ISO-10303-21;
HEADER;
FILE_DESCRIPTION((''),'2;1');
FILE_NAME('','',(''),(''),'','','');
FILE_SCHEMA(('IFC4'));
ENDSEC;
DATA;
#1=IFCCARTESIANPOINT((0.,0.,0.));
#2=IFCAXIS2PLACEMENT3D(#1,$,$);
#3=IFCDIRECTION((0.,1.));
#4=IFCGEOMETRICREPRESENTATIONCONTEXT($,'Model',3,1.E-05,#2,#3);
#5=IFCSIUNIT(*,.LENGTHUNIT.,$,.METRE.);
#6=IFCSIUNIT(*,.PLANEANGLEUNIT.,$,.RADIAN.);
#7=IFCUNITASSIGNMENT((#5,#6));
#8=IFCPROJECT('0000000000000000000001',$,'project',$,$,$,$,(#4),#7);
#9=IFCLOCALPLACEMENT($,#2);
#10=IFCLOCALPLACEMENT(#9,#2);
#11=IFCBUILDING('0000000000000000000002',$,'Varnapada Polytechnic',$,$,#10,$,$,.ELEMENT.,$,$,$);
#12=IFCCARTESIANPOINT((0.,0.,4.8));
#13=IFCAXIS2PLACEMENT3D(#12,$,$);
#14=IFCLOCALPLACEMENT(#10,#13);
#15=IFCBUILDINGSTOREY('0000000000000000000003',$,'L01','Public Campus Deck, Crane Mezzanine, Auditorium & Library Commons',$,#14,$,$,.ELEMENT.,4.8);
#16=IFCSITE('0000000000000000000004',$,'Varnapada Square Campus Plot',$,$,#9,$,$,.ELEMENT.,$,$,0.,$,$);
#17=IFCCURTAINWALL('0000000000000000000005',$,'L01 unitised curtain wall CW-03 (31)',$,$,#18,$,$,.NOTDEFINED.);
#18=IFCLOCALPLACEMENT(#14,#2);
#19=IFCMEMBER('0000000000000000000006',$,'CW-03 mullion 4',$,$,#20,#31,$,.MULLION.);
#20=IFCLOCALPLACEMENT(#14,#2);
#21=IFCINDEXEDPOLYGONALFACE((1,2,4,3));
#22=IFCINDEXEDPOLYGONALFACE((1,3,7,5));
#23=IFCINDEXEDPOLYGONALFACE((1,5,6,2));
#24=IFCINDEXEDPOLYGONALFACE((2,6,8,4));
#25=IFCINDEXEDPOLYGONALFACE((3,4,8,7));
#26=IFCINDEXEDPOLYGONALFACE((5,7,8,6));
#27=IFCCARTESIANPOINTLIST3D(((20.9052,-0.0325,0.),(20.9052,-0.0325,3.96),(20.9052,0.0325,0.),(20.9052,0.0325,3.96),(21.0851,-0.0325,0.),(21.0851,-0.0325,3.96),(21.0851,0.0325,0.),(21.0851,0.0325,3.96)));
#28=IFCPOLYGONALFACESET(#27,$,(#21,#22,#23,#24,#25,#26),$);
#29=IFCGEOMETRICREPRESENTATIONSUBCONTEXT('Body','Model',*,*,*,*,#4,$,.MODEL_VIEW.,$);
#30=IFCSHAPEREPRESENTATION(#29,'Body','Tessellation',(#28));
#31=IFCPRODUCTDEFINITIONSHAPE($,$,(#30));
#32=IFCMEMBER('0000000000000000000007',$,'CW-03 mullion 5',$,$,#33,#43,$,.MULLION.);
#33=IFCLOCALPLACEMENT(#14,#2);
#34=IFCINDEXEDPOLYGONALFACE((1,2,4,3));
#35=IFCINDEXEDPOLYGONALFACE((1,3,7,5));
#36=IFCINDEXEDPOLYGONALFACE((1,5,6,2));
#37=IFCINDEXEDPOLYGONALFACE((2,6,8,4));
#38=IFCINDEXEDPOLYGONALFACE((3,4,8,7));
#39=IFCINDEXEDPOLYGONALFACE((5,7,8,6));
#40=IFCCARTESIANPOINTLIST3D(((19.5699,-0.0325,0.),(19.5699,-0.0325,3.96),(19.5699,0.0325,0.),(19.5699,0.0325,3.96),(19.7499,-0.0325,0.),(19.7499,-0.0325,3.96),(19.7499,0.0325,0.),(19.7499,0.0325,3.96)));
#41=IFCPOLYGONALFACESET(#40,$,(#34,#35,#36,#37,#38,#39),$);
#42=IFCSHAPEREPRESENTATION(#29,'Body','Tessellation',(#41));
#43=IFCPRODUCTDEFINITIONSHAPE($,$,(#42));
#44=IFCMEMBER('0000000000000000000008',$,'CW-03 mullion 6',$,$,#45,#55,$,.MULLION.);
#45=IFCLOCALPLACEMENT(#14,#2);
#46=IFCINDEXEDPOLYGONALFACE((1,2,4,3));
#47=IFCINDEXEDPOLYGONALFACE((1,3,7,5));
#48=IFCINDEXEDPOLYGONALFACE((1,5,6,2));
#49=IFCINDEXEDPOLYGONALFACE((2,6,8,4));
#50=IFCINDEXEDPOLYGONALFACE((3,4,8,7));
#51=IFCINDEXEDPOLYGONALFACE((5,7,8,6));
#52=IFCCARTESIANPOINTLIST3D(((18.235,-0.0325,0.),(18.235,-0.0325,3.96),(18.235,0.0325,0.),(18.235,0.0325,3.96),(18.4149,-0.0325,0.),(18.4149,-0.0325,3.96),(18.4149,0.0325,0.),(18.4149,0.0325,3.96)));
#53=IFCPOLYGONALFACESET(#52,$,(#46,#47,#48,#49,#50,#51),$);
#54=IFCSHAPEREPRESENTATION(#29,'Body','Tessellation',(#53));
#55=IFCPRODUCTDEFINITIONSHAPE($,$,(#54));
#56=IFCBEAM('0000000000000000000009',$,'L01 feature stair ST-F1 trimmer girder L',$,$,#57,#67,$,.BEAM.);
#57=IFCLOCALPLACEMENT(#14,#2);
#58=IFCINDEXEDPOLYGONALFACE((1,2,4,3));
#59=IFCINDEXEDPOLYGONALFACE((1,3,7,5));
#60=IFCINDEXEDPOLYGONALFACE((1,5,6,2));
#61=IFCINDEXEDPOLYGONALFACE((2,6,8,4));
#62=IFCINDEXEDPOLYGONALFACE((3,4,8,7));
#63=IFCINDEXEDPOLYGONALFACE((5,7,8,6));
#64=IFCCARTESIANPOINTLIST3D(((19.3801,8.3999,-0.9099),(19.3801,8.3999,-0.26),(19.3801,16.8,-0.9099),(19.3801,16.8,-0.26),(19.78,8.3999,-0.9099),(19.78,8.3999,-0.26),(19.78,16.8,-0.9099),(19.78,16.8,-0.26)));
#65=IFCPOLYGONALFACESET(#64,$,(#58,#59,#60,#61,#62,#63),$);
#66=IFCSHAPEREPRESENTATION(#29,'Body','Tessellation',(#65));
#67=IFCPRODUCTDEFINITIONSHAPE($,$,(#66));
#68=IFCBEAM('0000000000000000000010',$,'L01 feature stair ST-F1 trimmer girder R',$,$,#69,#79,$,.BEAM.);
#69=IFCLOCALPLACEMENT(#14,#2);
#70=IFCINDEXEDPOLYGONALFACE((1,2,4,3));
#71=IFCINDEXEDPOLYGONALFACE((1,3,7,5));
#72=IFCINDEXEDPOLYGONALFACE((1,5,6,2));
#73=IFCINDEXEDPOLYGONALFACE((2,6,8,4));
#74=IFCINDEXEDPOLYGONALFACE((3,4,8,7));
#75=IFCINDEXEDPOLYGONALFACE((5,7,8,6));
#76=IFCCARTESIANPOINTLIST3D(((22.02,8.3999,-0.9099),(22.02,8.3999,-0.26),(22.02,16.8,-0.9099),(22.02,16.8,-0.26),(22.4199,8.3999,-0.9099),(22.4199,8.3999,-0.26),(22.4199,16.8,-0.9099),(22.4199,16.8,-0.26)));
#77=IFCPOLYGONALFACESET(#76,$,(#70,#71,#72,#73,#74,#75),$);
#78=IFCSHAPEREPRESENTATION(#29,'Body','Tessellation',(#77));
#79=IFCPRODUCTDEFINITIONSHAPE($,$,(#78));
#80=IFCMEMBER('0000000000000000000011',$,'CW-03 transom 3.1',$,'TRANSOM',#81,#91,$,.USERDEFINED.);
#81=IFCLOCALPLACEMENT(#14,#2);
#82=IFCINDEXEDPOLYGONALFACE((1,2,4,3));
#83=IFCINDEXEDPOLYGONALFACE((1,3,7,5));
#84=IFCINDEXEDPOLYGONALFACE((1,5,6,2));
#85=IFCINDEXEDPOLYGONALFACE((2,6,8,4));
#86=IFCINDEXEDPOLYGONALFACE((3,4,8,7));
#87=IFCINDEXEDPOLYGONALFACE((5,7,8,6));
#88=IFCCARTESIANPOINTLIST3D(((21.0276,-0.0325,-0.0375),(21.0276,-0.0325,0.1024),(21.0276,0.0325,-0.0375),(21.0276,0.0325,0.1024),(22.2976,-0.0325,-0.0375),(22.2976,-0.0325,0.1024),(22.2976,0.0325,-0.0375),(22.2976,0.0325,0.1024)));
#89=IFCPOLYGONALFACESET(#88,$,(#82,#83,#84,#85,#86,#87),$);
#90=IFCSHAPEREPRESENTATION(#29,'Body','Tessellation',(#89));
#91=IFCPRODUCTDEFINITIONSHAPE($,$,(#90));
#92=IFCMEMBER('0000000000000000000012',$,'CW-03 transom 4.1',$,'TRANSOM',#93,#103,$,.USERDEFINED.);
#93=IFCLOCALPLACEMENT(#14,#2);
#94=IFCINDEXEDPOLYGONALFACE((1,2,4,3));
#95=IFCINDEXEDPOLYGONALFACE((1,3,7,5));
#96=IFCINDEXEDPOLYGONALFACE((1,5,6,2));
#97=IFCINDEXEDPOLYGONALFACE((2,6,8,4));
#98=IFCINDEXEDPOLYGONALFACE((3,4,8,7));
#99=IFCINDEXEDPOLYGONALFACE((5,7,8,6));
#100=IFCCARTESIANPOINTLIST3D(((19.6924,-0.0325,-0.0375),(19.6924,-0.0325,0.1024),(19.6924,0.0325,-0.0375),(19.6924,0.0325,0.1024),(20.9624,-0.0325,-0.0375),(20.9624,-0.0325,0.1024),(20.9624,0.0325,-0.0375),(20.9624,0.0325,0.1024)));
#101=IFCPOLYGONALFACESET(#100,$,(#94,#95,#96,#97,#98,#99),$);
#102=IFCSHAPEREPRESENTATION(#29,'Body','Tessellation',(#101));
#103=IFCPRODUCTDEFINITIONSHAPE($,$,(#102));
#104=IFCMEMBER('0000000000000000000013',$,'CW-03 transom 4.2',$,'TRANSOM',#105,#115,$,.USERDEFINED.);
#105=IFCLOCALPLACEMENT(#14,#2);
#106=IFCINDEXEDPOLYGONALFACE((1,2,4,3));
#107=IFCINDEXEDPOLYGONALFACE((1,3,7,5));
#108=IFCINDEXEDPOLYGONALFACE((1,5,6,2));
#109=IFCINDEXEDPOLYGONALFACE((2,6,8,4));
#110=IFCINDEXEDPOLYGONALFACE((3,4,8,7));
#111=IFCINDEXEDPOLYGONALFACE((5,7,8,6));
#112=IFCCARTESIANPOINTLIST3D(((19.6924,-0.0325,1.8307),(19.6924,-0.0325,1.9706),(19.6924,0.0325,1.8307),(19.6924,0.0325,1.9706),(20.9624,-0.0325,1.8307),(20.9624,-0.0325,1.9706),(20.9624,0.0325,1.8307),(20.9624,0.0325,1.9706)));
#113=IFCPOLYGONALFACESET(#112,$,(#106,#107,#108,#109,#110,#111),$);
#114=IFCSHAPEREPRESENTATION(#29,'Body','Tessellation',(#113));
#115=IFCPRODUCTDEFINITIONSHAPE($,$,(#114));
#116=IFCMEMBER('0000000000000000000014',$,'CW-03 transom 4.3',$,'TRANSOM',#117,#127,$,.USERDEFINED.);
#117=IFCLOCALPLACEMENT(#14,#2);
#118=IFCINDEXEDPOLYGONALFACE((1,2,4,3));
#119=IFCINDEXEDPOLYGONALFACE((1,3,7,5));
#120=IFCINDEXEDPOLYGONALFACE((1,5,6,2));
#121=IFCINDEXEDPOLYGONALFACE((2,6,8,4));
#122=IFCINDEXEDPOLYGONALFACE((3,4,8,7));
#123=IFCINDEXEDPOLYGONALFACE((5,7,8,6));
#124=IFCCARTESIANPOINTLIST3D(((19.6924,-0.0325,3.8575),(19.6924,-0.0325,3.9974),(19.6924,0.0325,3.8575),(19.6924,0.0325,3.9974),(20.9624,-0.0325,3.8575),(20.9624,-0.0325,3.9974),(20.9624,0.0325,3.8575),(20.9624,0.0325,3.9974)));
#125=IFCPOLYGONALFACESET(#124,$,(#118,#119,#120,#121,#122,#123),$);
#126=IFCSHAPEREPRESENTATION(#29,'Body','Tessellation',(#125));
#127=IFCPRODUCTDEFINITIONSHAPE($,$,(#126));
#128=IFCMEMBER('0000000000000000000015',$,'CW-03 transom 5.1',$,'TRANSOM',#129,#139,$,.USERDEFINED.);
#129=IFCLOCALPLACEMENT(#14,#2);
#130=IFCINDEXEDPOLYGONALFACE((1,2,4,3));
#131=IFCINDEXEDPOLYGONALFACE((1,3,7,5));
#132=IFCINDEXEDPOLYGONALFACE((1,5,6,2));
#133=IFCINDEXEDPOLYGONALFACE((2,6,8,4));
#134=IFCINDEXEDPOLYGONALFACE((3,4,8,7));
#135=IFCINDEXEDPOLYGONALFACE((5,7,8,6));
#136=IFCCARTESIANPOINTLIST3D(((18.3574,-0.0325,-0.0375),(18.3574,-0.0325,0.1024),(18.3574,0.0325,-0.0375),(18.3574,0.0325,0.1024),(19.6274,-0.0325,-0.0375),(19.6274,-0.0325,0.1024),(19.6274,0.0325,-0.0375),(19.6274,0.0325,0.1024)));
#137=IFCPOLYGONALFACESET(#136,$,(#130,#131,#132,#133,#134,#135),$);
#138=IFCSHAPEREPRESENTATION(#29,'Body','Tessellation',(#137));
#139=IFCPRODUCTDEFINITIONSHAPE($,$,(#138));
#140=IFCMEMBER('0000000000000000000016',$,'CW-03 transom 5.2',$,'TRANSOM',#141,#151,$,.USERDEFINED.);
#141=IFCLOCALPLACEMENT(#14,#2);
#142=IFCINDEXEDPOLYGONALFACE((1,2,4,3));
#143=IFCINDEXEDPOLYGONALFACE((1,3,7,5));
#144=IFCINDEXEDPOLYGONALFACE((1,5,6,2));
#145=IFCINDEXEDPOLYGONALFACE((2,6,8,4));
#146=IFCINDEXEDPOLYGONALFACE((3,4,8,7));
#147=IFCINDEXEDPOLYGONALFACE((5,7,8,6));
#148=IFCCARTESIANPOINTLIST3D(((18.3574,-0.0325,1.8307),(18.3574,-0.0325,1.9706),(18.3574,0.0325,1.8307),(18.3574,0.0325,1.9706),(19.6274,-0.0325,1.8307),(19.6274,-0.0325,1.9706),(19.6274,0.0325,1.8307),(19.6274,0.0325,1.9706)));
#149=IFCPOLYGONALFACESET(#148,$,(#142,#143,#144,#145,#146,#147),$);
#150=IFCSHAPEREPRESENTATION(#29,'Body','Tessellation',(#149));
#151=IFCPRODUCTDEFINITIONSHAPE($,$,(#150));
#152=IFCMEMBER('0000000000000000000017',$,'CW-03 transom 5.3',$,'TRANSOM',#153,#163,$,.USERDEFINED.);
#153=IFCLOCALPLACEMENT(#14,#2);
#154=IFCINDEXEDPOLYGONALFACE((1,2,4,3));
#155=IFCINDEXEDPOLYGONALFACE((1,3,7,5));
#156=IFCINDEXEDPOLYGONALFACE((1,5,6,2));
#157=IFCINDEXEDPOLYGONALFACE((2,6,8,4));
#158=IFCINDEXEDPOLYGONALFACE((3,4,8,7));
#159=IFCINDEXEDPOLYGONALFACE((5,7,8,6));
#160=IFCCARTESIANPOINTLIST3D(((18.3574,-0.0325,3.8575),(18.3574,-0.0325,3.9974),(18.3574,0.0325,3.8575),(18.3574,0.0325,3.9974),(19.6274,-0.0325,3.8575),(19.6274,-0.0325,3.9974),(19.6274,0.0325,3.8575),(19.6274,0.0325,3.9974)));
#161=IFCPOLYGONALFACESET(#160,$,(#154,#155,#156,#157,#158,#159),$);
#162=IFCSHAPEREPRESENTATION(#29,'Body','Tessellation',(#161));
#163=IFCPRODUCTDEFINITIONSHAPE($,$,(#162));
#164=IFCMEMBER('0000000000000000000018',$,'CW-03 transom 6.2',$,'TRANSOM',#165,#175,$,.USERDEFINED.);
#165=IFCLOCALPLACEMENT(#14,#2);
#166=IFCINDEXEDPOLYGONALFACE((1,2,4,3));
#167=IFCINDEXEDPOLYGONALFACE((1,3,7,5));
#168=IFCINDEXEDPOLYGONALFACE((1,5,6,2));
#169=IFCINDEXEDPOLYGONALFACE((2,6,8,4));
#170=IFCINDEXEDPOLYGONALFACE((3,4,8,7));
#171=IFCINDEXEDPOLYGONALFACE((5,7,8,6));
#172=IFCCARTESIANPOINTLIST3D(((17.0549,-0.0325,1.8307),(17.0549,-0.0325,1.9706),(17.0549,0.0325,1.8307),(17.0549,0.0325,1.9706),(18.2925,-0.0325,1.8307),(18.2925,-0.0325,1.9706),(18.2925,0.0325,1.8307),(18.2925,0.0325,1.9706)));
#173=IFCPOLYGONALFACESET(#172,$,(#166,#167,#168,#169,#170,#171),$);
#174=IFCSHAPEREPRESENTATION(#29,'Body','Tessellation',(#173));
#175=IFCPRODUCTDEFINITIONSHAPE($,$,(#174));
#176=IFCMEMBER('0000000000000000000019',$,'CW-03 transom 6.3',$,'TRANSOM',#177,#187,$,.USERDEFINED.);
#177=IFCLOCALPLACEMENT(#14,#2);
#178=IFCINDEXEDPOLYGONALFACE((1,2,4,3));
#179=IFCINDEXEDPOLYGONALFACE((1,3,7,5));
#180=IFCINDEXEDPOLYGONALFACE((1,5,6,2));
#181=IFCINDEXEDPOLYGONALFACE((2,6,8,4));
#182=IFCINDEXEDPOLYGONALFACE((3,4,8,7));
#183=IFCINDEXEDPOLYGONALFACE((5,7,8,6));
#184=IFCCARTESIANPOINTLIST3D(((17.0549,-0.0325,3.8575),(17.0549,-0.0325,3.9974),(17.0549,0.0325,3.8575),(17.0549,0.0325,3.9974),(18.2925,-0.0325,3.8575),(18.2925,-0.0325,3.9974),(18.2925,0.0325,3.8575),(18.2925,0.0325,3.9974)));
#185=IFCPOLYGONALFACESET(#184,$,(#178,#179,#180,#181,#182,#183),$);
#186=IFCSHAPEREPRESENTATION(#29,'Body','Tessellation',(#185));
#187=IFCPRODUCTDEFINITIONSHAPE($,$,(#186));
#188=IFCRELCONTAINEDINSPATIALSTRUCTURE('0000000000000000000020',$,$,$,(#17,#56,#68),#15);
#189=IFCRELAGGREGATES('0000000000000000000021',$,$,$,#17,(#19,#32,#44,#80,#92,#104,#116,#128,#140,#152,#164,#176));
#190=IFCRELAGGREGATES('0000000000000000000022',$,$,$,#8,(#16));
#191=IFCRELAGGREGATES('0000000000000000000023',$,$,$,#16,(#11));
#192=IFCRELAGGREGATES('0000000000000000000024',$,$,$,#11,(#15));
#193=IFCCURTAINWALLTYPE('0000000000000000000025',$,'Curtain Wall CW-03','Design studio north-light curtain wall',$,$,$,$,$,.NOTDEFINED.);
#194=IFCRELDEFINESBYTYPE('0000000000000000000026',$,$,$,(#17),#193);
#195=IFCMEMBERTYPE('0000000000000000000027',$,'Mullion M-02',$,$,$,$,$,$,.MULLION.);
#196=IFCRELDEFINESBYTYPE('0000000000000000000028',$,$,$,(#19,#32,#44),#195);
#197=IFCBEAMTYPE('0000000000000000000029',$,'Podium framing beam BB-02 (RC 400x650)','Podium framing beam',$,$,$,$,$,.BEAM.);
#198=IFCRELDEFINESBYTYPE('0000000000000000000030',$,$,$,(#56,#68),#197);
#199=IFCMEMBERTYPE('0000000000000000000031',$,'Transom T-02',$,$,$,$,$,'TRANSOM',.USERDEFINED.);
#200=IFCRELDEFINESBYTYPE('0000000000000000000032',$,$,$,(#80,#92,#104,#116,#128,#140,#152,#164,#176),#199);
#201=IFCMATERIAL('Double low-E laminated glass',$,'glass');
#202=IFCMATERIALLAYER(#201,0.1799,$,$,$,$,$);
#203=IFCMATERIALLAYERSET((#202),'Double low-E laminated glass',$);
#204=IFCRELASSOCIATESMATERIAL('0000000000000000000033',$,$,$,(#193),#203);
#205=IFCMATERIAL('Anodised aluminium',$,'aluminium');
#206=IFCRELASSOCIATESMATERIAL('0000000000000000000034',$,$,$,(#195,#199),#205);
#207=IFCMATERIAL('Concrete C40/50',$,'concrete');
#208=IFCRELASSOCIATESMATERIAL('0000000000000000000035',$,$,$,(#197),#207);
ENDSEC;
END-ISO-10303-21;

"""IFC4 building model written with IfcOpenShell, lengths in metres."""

from ifc_helpers import new_model, si_unit, direction, frame, origin, origin_2d, place, context, subcontext, project, spatial, rectangle, extrude, material, layer, layer_set, material_profile, profile_set, type_object, element, aggregate, save


model = new_model("IFC4")

# Units and contexts
model_context = context("Model", 3, precision=1e-05, world=origin(), true_north=direction((0.0, 1.0)))
body_context = subcontext(model_context, "Body", "Model", "MODEL_VIEW")
ifc_project = project(units=[si_unit("LENGTHUNIT", "METRE"), si_unit("PLANEANGLEUNIT", "RADIAN")], contexts=[model_context])

# Site, building, storey
site_placement = place(None, origin())
site = spatial("IfcSite", under=ifc_project, at=site_placement, Name="Varnapada Square Campus Plot", CompositionType="ELEMENT", RefElevation=0.0)
building_placement = place(site_placement, origin())
building = spatial("IfcBuilding", under=site, at=building_placement, Name="Varnapada Polytechnic", CompositionType="ELEMENT")
storey_placement = place(building_placement, frame((0.0, 0.0, 4.8)))
storey = spatial("IfcBuildingStorey", under=building, at=storey_placement, Name="L01", Description="Public Campus Deck, Crane Mezzanine, Auditorium & Library Commons", CompositionType="ELEMENT", Elevation=4.8)

# Curtain wall, members
ifc_material_1 = material(Name="Double low-E laminated glass", Category="glass")
ifc_layer_1 = layer(ifc_material_1, 0.1799)
ifc_layer_set_1 = layer_set([ifc_layer_1], Name="Double low-E laminated glass")
curtain_wall_type = type_object("IfcCurtainWallType", Name="Curtain Wall CW-03", Description="Design studio north-light curtain wall", PredefinedType="NOTDEFINED", material=ifc_layer_set_1)
curtain_wall_placement = place(storey_placement, origin())
curtain_wall = element("IfcCurtainWall", 1, at=curtain_wall_placement, inside=storey, type_object=curtain_wall_type, Name="L01 unitised curtain wall CW-03 (31)", PredefinedType="NOTDEFINED")
ifc_material_2 = material(Name="Anodised aluminium", Category="aluminium")
ifc_material_profile_1 = material_profile(ifc_material_2, rectangle(XDim=0.0649, YDim=0.1799, at=origin_2d()), Name="ALU M65x180")
ifc_profile_set_1 = profile_set([ifc_material_profile_1], Name="Anodised aluminium")
member_type_1 = type_object("IfcMemberType", Name="Mullion M-02", PredefinedType="MULLION", material=ifc_profile_set_1)
member_1_placement = place(storey_placement, frame((20.9951, 0.0, 0.0), z_axis=(0.0, 0.0, 1.0), x_axis=(0.0, -1.0, 0.0)))
member_1 = element("IfcMember", 2, at=member_1_placement, type_object=member_type_1, Name="CW-03 mullion 4", PredefinedType="MULLION", context=body_context, shape_type="SweptSolid", body=[
    extrude(rectangle(XDim=0.0649, YDim=0.1799, at=origin_2d()), origin(), (0.0, 0.0, 1.0), 3.96),
])
member_2_placement = place(storey_placement, frame((19.6599, 0.0, 0.0), z_axis=(0.0, 0.0, 1.0), x_axis=(0.0, -1.0, 0.0)))
member_2 = element("IfcMember", 3, at=member_2_placement, type_object=member_type_1, Name="CW-03 mullion 5", PredefinedType="MULLION", context=body_context, shape_type="SweptSolid", body=[
    extrude(rectangle(XDim=0.0649, YDim=0.1799, at=origin_2d()), origin(), (0.0, 0.0, 1.0), 3.96),
])
member_3_placement = place(storey_placement, frame((18.325, 0.0, 0.0), z_axis=(0.0, 0.0, 1.0), x_axis=(0.0, -1.0, 0.0)))
member_3 = element("IfcMember", 4, at=member_3_placement, type_object=member_type_1, Name="CW-03 mullion 6", PredefinedType="MULLION", context=body_context, shape_type="SweptSolid", body=[
    extrude(rectangle(XDim=0.0649, YDim=0.1799, at=origin_2d()), origin(), (0.0, 0.0, 1.0), 3.96),
])

# Beams
ifc_material_3 = material(Name="Concrete C40/50", Category="concrete")
ifc_material_profile_2 = material_profile(ifc_material_3, rectangle(XDim=0.3999, YDim=0.6499, at=origin_2d()), Name="RC 400x650")
ifc_profile_set_2 = profile_set([ifc_material_profile_2], Name="Concrete C40/50")
beam_type = type_object("IfcBeamType", Name="Podium framing beam BB-02 (RC 400x650)", Description="Podium framing beam", PredefinedType="BEAM", material=ifc_profile_set_2)
for number, where, z_axis, x_axis, name in (
    (5, (19.5801, 8.3999, -0.585), (0.0, 1.0, 0.0), (-1.0, 0.0, 0.0), "L01 feature stair ST-F1 trimmer girder L"),
    (6, (22.22, 8.3999, -0.585), (0.0, 1.0, 0.0), (-1.0, 0.0, 0.0), "L01 feature stair ST-F1 trimmer girder R"),
):
    element("IfcBeam", number, at=place(storey_placement, frame(where, z_axis=z_axis, x_axis=x_axis)), inside=storey, type_object=beam_type, Name=name, PredefinedType="BEAM", context=body_context, shape_type="SweptSolid", body=[
        extrude(rectangle(XDim=0.3999, YDim=0.6499, at=origin_2d()), origin(), (0.0, 0.0, 1.0), 8.4001),
    ])

# Members
ifc_material_profile_3 = material_profile(ifc_material_2, rectangle(XDim=0.0649, YDim=0.1399, at=origin_2d()), Name="ALU T65x140")
ifc_profile_set_3 = profile_set([ifc_material_profile_3], Name="Anodised aluminium")
member_type_2 = type_object("IfcMemberType", Name="Transom T-02", ElementType="TRANSOM", PredefinedType="USERDEFINED", material=ifc_profile_set_3)
member_4_placement = place(storey_placement, frame((22.2976, 0.0, 0.0325), z_axis=(-1.0, 0.0, 0.0), x_axis=(0.0, -1.0, 0.0)))
member_4 = element("IfcMember", 7, at=member_4_placement, type_object=member_type_2, Name="CW-03 transom 3.1", ObjectType="TRANSOM", PredefinedType="USERDEFINED", context=body_context, shape_type="SweptSolid", body=[
    extrude(rectangle(XDim=0.0649, YDim=0.1399, at=origin_2d()), origin(), (0.0, 0.0, 1.0), 1.27),
])
member_5_placement = place(storey_placement, frame((20.9624, 0.0, 0.0325), z_axis=(-1.0, 0.0, 0.0), x_axis=(0.0, -1.0, 0.0)))
member_5 = element("IfcMember", 8, at=member_5_placement, type_object=member_type_2, Name="CW-03 transom 4.1", ObjectType="TRANSOM", PredefinedType="USERDEFINED", context=body_context, shape_type="SweptSolid", body=[
    extrude(rectangle(XDim=0.0649, YDim=0.1399, at=origin_2d()), origin(), (0.0, 0.0, 1.0), 1.27),
])
member_6_placement = place(storey_placement, frame((20.9624, 0.0, 1.9006), z_axis=(-1.0, 0.0, 0.0), x_axis=(0.0, -1.0, 0.0)))
member_6 = element("IfcMember", 9, at=member_6_placement, type_object=member_type_2, Name="CW-03 transom 4.2", ObjectType="TRANSOM", PredefinedType="USERDEFINED", context=body_context, shape_type="SweptSolid", body=[
    extrude(rectangle(XDim=0.0649, YDim=0.1399, at=origin_2d()), origin(), (0.0, 0.0, 1.0), 1.27),
])
member_7_placement = place(storey_placement, frame((20.9624, 0.0, 3.9275), z_axis=(-1.0, 0.0, 0.0), x_axis=(0.0, -1.0, 0.0)))
member_7 = element("IfcMember", 10, at=member_7_placement, type_object=member_type_2, Name="CW-03 transom 4.3", ObjectType="TRANSOM", PredefinedType="USERDEFINED", context=body_context, shape_type="SweptSolid", body=[
    extrude(rectangle(XDim=0.0649, YDim=0.1399, at=origin_2d()), origin(), (0.0, 0.0, 1.0), 1.27),
])
member_8_placement = place(storey_placement, frame((19.6274, 0.0, 0.0325), z_axis=(-1.0, 0.0, 0.0), x_axis=(0.0, -1.0, 0.0)))
member_8 = element("IfcMember", 11, at=member_8_placement, type_object=member_type_2, Name="CW-03 transom 5.1", ObjectType="TRANSOM", PredefinedType="USERDEFINED", context=body_context, shape_type="SweptSolid", body=[
    extrude(rectangle(XDim=0.0649, YDim=0.1399, at=origin_2d()), origin(), (0.0, 0.0, 1.0), 1.27),
])
member_9_placement = place(storey_placement, frame((19.6274, 0.0, 1.9006), z_axis=(-1.0, 0.0, 0.0), x_axis=(0.0, -1.0, 0.0)))
member_9 = element("IfcMember", 12, at=member_9_placement, type_object=member_type_2, Name="CW-03 transom 5.2", ObjectType="TRANSOM", PredefinedType="USERDEFINED", context=body_context, shape_type="SweptSolid", body=[
    extrude(rectangle(XDim=0.0649, YDim=0.1399, at=origin_2d()), origin(), (0.0, 0.0, 1.0), 1.27),
])
member_10_placement = place(storey_placement, frame((19.6274, 0.0, 3.9275), z_axis=(-1.0, 0.0, 0.0), x_axis=(0.0, -1.0, 0.0)))
member_10 = element("IfcMember", 13, at=member_10_placement, type_object=member_type_2, Name="CW-03 transom 5.3", ObjectType="TRANSOM", PredefinedType="USERDEFINED", context=body_context, shape_type="SweptSolid", body=[
    extrude(rectangle(XDim=0.0649, YDim=0.1399, at=origin_2d()), origin(), (0.0, 0.0, 1.0), 1.27),
])
member_11_placement = place(storey_placement, frame((18.2925, 0.0, 1.9006), z_axis=(-1.0, 0.0, 0.0), x_axis=(0.0, -1.0, 0.0)))
member_11 = element("IfcMember", 14, at=member_11_placement, type_object=member_type_2, Name="CW-03 transom 6.2", ObjectType="TRANSOM", PredefinedType="USERDEFINED", context=body_context, shape_type="SweptSolid", body=[
    extrude(rectangle(XDim=0.0649, YDim=0.1399, at=origin_2d()), origin(), (0.0, 0.0, 1.0), 1.2375),
])
member_12_placement = place(storey_placement, frame((18.2925, 0.0, 3.9275), z_axis=(-1.0, 0.0, 0.0), x_axis=(0.0, -1.0, 0.0)))
member_12 = element("IfcMember", 15, at=member_12_placement, type_object=member_type_2, Name="CW-03 transom 6.3", ObjectType="TRANSOM", PredefinedType="USERDEFINED", context=body_context, shape_type="SweptSolid", body=[
    extrude(rectangle(XDim=0.0649, YDim=0.1399, at=origin_2d()), origin(), (0.0, 0.0, 1.0), 1.2375),
])

aggregate(curtain_wall, [member_1, member_2, member_3, member_4, member_5, member_6, member_7, member_8, member_9, member_10, member_11, member_12])

save(model, "model.ifc")
